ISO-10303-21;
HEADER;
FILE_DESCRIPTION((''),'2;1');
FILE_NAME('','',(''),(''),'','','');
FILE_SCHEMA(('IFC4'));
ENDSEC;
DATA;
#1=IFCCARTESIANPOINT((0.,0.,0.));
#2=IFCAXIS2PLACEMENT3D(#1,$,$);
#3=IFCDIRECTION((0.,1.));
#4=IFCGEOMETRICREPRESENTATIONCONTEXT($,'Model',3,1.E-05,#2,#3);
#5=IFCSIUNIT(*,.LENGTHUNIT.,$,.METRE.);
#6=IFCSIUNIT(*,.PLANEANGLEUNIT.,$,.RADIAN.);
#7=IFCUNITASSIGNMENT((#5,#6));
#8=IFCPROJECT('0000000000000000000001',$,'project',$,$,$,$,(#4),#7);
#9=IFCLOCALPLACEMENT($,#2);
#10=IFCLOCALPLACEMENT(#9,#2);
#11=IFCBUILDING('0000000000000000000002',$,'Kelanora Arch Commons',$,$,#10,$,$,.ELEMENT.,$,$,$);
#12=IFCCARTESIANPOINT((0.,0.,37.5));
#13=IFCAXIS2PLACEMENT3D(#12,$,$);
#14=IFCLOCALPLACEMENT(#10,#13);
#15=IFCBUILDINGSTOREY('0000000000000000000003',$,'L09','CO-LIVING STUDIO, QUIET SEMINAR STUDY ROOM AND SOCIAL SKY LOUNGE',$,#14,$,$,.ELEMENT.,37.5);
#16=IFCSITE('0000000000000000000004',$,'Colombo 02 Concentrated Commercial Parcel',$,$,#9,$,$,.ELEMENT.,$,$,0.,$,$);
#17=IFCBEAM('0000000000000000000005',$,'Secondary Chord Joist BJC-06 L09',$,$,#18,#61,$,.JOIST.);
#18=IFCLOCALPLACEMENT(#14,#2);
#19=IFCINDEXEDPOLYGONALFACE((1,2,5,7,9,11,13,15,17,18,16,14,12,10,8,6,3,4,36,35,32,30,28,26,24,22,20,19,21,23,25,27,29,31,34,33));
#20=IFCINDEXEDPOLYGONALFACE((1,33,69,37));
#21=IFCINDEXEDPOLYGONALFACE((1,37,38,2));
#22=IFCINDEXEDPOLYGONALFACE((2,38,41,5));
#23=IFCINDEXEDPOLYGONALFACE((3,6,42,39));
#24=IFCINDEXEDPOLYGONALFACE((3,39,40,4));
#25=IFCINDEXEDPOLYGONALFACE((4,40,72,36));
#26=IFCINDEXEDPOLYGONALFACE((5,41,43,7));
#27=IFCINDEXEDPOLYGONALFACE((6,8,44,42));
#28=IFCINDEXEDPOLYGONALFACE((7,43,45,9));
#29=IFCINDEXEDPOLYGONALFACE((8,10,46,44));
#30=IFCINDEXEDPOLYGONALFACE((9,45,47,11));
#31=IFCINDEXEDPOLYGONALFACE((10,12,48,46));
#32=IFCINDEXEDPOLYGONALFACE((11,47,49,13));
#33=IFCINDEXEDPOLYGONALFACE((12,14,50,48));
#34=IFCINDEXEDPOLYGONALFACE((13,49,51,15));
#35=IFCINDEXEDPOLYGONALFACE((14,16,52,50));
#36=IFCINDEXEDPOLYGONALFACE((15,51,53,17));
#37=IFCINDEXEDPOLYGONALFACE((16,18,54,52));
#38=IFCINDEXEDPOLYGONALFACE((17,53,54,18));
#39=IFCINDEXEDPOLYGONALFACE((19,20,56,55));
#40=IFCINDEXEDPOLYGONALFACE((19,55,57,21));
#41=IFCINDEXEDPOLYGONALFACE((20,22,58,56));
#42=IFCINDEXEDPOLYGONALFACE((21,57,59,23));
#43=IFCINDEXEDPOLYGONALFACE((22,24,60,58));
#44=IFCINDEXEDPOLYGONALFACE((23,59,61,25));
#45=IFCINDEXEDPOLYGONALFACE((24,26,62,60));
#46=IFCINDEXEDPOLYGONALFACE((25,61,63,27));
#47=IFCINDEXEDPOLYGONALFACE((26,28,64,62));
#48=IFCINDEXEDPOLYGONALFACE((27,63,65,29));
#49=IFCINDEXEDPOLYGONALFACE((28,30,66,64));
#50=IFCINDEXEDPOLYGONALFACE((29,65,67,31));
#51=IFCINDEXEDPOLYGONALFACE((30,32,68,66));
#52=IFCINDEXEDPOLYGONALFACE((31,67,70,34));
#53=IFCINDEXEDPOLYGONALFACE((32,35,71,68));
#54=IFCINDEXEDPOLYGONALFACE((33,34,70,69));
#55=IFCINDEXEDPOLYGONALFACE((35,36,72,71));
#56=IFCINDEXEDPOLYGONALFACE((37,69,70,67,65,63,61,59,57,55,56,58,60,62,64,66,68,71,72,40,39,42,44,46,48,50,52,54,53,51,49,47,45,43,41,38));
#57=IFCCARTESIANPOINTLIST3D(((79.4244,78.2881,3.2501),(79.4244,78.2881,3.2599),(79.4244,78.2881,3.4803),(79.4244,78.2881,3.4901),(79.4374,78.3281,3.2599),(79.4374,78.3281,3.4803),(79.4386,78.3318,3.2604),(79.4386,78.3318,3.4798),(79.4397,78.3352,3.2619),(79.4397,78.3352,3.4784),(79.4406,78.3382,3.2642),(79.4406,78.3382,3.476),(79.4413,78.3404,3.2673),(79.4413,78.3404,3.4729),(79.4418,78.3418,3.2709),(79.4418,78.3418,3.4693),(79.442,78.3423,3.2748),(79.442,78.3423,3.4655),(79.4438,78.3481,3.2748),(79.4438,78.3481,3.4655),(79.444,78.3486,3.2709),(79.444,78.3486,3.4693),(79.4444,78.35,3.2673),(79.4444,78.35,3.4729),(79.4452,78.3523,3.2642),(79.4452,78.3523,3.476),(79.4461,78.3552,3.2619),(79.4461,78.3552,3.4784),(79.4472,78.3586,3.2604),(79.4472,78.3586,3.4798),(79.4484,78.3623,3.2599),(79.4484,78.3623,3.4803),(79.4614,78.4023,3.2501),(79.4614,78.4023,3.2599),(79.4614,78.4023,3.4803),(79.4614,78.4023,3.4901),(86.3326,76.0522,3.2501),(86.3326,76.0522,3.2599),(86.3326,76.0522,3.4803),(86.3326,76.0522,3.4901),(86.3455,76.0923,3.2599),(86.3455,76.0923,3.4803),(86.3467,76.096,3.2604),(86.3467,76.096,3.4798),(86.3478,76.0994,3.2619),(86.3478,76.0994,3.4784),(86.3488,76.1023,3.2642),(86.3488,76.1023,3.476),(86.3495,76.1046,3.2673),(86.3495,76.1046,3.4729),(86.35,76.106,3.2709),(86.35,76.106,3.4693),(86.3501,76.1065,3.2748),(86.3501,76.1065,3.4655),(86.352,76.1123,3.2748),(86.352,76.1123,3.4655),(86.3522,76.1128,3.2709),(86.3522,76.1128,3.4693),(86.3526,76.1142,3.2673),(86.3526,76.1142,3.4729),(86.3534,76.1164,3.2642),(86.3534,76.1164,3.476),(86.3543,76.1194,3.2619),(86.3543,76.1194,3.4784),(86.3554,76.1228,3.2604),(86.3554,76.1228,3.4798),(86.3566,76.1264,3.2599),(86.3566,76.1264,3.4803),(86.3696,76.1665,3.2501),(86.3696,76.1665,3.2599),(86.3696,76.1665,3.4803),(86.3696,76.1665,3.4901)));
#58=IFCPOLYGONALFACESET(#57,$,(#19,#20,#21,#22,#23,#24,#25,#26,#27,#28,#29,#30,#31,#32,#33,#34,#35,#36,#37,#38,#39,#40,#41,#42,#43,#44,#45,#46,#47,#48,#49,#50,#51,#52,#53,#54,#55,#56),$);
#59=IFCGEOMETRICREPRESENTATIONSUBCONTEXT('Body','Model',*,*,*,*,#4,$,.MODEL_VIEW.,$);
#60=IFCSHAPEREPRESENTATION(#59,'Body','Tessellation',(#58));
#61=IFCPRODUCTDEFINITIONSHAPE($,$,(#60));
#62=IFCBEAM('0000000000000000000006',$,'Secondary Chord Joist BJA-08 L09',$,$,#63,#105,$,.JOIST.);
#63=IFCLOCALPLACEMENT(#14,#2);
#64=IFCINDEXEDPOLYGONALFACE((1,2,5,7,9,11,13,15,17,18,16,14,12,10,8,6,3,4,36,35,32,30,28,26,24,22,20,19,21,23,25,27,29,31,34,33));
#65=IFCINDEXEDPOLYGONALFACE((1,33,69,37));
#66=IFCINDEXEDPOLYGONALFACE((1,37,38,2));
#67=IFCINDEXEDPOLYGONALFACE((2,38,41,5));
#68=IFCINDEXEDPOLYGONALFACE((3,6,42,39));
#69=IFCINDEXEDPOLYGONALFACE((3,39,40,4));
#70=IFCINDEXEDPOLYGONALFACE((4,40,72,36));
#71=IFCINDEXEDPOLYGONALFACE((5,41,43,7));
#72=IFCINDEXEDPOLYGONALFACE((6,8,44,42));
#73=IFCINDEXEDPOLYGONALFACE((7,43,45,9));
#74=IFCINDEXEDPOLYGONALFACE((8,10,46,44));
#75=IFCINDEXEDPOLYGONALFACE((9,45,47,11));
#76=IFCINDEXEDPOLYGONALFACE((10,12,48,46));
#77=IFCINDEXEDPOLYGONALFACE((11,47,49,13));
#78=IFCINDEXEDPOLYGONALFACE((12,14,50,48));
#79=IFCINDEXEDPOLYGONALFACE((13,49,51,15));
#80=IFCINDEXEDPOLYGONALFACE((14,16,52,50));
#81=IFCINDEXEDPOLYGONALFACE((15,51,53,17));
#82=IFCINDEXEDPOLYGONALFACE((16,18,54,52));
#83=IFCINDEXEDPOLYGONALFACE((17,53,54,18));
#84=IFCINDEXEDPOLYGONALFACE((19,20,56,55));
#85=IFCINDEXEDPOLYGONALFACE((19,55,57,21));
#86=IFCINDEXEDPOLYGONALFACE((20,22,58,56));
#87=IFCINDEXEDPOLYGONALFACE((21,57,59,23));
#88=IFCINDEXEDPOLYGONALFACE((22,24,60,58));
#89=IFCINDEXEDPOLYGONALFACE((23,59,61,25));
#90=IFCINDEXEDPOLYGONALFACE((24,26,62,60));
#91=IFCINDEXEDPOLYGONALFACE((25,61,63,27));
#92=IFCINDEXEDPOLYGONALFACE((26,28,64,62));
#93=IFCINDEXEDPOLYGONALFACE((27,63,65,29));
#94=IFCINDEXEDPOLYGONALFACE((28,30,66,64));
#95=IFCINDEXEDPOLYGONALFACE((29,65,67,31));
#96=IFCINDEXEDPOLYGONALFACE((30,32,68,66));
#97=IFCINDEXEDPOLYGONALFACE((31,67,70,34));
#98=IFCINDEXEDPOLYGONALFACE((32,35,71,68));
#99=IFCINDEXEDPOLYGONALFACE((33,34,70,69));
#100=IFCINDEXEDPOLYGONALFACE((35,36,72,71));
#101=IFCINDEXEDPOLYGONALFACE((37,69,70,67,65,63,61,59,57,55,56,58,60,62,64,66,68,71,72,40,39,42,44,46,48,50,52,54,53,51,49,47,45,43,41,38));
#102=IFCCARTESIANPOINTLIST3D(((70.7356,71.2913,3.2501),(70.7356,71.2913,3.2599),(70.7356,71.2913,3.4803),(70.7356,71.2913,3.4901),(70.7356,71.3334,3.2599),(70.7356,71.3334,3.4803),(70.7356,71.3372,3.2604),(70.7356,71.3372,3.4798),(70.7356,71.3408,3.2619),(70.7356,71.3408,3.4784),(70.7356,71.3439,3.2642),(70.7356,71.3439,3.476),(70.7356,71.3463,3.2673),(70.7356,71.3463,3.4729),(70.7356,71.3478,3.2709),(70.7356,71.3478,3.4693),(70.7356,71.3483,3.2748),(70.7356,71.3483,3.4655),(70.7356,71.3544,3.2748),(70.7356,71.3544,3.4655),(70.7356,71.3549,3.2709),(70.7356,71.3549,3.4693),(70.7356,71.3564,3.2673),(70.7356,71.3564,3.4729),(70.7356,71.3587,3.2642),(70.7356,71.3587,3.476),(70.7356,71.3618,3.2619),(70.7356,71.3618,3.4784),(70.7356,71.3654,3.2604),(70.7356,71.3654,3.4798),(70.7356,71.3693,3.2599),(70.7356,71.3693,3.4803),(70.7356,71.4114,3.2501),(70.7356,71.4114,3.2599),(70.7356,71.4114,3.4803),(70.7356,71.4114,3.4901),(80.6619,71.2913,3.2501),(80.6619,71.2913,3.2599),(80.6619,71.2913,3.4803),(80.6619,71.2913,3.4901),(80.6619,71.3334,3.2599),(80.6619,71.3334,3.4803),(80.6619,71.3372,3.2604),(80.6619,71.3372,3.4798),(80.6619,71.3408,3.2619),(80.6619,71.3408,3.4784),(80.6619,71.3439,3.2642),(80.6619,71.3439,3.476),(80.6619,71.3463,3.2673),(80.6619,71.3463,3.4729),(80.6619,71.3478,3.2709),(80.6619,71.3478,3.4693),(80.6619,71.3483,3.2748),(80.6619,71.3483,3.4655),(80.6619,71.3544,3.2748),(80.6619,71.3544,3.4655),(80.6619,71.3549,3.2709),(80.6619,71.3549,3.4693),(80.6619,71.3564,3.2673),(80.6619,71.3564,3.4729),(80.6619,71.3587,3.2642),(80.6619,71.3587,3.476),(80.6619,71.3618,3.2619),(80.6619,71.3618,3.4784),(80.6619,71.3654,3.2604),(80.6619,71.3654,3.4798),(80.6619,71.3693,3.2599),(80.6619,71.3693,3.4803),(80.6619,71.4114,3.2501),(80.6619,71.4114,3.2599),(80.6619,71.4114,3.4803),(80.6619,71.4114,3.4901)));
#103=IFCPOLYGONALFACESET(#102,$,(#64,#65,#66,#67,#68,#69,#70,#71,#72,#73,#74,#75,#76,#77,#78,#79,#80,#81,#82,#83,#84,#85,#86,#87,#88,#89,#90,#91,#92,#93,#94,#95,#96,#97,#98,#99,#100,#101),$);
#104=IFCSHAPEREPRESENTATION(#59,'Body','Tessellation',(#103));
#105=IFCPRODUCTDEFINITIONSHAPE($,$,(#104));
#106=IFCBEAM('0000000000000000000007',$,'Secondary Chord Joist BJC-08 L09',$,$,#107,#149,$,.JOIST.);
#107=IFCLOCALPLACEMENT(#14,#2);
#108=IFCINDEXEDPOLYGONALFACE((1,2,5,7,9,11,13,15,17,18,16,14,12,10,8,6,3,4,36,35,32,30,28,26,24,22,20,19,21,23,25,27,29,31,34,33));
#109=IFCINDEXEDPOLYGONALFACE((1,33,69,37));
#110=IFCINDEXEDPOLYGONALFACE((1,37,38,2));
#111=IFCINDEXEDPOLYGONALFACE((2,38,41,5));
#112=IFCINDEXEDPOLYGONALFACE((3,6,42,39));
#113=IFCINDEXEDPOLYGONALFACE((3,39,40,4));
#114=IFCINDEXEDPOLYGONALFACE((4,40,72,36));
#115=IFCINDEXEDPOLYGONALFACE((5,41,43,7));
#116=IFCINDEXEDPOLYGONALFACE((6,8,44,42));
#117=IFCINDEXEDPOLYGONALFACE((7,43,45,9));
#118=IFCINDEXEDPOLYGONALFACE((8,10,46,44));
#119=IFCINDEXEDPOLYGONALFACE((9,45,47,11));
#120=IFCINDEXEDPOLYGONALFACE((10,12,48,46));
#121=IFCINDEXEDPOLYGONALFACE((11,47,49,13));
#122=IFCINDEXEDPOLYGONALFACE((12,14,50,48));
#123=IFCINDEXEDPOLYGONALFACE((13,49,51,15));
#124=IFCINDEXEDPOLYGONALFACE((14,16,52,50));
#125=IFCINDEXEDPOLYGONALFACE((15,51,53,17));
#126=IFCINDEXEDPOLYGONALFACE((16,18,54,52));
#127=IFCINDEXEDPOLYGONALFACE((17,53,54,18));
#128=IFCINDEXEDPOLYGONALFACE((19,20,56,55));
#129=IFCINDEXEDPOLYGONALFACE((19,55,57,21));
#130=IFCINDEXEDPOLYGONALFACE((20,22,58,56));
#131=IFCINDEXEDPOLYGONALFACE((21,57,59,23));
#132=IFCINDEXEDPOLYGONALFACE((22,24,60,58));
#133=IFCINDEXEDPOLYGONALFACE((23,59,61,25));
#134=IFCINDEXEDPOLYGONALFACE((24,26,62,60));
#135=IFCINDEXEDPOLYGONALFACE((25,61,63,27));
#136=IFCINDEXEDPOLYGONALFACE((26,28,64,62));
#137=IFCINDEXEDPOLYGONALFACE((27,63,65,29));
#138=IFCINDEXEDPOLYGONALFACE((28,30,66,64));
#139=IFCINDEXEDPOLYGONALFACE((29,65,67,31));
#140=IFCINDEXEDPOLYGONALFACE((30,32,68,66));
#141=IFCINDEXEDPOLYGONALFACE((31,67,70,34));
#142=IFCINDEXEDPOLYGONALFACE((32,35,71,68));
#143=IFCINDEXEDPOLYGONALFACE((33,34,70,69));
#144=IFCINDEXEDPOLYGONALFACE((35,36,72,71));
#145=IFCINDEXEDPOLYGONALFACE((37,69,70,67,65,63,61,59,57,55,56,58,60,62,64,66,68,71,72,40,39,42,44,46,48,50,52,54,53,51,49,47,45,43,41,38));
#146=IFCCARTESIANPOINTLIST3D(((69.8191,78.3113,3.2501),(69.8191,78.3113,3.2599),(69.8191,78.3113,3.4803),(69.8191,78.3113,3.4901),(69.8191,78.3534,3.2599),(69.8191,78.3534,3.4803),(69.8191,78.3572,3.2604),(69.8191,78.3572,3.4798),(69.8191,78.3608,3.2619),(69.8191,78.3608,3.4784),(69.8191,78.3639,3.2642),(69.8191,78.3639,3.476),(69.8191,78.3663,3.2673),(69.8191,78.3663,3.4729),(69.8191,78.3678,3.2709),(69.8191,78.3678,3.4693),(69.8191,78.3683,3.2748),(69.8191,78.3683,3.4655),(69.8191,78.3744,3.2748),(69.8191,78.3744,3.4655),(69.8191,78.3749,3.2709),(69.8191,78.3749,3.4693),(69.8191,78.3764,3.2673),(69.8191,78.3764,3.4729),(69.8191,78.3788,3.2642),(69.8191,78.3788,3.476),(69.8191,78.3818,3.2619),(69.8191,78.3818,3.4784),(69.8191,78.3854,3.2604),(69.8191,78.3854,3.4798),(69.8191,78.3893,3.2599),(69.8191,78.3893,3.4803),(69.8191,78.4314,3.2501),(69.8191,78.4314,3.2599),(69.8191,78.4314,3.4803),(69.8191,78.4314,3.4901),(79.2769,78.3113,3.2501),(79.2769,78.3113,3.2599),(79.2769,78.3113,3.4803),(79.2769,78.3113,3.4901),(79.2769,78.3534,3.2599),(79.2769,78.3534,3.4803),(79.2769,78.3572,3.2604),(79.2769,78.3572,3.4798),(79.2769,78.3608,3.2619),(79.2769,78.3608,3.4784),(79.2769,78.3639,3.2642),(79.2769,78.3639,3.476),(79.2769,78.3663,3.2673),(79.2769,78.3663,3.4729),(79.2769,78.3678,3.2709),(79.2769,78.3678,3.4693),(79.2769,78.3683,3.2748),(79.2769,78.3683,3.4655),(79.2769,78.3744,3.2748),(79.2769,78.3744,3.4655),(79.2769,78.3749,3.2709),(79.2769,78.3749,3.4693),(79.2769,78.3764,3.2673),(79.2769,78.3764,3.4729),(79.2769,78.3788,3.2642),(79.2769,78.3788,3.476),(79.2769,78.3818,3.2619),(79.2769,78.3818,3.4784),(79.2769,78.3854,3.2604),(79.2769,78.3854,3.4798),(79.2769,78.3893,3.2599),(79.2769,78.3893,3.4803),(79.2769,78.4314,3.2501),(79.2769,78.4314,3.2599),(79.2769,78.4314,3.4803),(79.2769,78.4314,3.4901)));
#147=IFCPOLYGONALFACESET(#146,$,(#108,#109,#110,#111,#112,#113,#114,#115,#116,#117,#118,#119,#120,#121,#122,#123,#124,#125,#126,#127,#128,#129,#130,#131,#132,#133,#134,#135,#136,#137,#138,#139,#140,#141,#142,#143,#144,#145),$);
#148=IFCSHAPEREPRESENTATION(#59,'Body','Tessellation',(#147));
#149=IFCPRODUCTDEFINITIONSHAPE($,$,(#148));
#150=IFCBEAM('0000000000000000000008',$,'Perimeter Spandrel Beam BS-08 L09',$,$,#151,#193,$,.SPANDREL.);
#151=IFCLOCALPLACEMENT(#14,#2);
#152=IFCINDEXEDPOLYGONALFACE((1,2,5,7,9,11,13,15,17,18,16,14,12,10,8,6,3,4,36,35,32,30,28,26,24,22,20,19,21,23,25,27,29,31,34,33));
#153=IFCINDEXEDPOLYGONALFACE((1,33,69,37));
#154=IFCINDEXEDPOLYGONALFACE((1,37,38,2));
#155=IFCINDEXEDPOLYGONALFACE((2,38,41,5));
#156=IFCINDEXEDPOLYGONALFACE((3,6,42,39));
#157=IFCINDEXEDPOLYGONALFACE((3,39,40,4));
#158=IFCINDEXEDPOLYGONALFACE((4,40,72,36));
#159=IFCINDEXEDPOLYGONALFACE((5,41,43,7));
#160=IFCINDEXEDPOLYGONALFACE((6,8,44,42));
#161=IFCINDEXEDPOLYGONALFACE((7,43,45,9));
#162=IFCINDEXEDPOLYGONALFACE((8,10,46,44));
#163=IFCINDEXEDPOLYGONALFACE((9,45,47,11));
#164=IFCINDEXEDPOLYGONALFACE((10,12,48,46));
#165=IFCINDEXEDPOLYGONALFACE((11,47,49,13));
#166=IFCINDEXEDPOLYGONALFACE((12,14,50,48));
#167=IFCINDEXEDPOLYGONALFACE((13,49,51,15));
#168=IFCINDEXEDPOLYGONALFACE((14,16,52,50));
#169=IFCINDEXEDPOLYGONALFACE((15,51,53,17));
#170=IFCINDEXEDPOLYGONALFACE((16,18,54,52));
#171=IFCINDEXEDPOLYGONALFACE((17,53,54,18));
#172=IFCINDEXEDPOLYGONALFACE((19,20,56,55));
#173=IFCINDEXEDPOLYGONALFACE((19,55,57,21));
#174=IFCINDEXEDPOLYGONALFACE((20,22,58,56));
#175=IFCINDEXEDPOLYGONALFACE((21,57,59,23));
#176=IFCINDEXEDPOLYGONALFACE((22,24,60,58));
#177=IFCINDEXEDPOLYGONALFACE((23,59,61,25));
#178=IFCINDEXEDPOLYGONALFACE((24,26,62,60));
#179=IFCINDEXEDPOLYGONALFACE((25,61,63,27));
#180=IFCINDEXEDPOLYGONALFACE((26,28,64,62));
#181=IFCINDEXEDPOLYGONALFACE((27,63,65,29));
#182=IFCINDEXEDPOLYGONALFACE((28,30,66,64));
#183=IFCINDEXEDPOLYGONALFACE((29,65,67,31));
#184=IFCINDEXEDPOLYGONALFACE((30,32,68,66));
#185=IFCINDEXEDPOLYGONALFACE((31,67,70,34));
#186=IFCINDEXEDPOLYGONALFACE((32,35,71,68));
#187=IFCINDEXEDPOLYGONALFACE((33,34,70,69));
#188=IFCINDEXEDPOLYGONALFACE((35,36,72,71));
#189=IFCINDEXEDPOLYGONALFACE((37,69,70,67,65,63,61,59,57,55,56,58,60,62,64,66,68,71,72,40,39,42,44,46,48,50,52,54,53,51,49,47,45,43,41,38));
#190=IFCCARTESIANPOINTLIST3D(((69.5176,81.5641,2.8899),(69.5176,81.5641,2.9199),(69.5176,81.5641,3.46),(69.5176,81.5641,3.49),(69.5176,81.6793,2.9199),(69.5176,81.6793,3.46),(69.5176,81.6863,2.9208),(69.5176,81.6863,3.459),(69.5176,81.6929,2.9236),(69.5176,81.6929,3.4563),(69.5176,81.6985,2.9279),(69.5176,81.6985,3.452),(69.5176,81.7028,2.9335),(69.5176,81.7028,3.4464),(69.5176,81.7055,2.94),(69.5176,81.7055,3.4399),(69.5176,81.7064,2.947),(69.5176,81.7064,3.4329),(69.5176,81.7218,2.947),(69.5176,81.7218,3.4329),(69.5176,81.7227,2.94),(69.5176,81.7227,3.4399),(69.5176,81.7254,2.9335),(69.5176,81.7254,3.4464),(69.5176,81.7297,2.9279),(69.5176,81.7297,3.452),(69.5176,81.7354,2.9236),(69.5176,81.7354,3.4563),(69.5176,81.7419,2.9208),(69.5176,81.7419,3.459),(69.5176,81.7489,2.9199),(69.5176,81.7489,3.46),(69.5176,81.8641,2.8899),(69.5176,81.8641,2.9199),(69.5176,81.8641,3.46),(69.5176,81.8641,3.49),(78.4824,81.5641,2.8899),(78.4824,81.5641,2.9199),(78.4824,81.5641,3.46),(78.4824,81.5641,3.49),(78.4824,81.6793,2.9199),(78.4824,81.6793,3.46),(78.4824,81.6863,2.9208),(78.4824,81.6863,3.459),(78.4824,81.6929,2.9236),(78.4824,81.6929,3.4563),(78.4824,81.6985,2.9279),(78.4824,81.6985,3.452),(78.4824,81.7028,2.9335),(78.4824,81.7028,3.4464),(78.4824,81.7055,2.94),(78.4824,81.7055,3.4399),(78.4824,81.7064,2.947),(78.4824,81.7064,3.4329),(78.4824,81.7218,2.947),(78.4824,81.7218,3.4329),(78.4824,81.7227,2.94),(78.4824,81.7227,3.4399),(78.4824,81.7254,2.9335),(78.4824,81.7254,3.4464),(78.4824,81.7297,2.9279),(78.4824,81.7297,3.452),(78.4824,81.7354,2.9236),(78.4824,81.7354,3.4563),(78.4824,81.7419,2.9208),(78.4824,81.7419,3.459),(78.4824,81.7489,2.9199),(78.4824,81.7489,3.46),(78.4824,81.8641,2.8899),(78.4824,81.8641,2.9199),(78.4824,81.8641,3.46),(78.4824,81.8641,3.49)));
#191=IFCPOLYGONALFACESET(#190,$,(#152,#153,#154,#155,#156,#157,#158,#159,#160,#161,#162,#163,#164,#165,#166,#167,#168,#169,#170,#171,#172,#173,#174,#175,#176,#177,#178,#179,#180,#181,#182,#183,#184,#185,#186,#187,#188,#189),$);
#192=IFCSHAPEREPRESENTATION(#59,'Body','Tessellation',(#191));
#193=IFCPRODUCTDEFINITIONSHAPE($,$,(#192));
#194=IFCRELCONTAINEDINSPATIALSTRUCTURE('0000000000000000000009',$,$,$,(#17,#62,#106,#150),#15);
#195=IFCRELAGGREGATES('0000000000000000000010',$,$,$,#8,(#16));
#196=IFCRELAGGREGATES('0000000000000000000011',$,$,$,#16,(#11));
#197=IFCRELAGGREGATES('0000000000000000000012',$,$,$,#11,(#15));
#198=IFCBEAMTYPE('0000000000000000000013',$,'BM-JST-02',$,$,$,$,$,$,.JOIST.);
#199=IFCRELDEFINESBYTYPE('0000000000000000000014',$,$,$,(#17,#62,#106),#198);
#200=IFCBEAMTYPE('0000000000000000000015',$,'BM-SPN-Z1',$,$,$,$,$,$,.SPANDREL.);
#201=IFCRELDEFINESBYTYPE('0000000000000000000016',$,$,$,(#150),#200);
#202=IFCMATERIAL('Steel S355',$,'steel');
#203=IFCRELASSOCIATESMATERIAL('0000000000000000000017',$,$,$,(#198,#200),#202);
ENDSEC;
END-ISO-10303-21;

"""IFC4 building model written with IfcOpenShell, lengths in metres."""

from ifc_helpers import new_model, si_unit, direction, frame, origin, origin_2d, place, context, subcontext, project, spatial, i_section, extrude, material, material_profile, profile_set, type_object, element, save


model = new_model("IFC4")

# Units and contexts
model_context = context("Model", 3, precision=1e-05, world=origin(), true_north=direction((0.0, 1.0)))
body_context = subcontext(model_context, "Body", "Model", "MODEL_VIEW")
ifc_project = project(units=[si_unit("LENGTHUNIT", "METRE"), si_unit("PLANEANGLEUNIT", "RADIAN")], contexts=[model_context])

# Site, building, storey
site_placement = place(None, origin())
site = spatial("IfcSite", under=ifc_project, at=site_placement, Name="Colombo 02 Concentrated Commercial Parcel", CompositionType="ELEMENT", RefElevation=0.0)
building_placement = place(site_placement, origin())
building = spatial("IfcBuilding", under=site, at=building_placement, Name="Kelanora Arch Commons", CompositionType="ELEMENT")
storey_placement = place(building_placement, frame((0.0, 0.0, 37.5)))
storey = spatial("IfcBuildingStorey", under=building, at=storey_placement, Name="L09", Description="CO-LIVING STUDIO, QUIET SEMINAR STUDY ROOM AND SOCIAL SKY LOUNGE", CompositionType="ELEMENT", Elevation=37.5)

# Beams
ifc_material_1 = material(Name="Steel S355", Category="steel")
ifc_material_profile_1 = material_profile(ifc_material_1, i_section(OverallWidth=0.1201, OverallDepth=0.24, WebThickness=0.0061, FlangeThickness=0.0098, FilletRadius=0.0149, at=origin_2d()), Name="IPE240")
ifc_profile_set_1 = profile_set([ifc_material_profile_1], Name="Steel S355")
beam_type_1 = type_object("IfcBeamType", Name="BM-JST-02", PredefinedType="JOIST", material=ifc_profile_set_1)
beam_1_placement = place(storey_placement, frame((86.3511, 76.1094, 3.3701), z_axis=(-0.951411, 0.307924, 0.0), x_axis=(-0.307924, -0.951411, 0.0)))
element("IfcBeam", 1, at=beam_1_placement, inside=storey, type_object=beam_type_1, Name="Secondary Chord Joist BJC-06 L09", PredefinedType="JOIST", context=body_context, shape_type="SweptSolid", body=[
    extrude(i_section(OverallWidth=0.1201, OverallDepth=0.24, WebThickness=0.0061, FlangeThickness=0.0098, FilletRadius=0.0149, at=origin_2d()), origin(), (0.0, 0.0, 1.0), 7.261),
])
beam_2_placement = place(storey_placement, frame((80.6619, 71.3513, 3.3701), z_axis=(-1.0, 0.0, 0.0), x_axis=(0.0, -1.0, 0.0)))
element("IfcBeam", 2, at=beam_2_placement, inside=storey, type_object=beam_type_1, Name="Secondary Chord Joist BJA-08 L09", PredefinedType="JOIST", context=body_context, shape_type="SweptSolid", body=[
    extrude(i_section(OverallWidth=0.1201, OverallDepth=0.24, WebThickness=0.0061, FlangeThickness=0.0098, FilletRadius=0.0149, at=origin_2d()), origin(), (0.0, 0.0, 1.0), 9.9263),
])
beam_3_placement = place(storey_placement, frame((79.2769, 78.3713, 3.3701), z_axis=(-1.0, 0.0, 0.0), x_axis=(0.0, -1.0, 0.0)))
element("IfcBeam", 3, at=beam_3_placement, inside=storey, type_object=beam_type_1, Name="Secondary Chord Joist BJC-08 L09", PredefinedType="JOIST", context=body_context, shape_type="SweptSolid", body=[
    extrude(i_section(OverallWidth=0.1201, OverallDepth=0.24, WebThickness=0.0061, FlangeThickness=0.0098, FilletRadius=0.0149, at=origin_2d()), origin(), (0.0, 0.0, 1.0), 9.4578),
])
ifc_material_profile_2 = material_profile(ifc_material_1, i_section(OverallWidth=0.3, OverallDepth=0.6001, WebThickness=0.0154, FlangeThickness=0.03, FilletRadius=0.0271, at=origin_2d()), Name="HEB600")
ifc_profile_set_2 = profile_set([ifc_material_profile_2], Name="Steel S355")
beam_type_2 = type_object("IfcBeamType", Name="BM-SPN-Z1", PredefinedType="SPANDREL", material=ifc_profile_set_2)
beam_4_placement = place(storey_placement, frame((78.4824, 81.7141, 3.1899), z_axis=(-1.0, 0.0, 0.0), x_axis=(0.0, -1.0, 0.0)))
element("IfcBeam", 4, at=beam_4_placement, inside=storey, type_object=beam_type_2, Name="Perimeter Spandrel Beam BS-08 L09", PredefinedType="SPANDREL", context=body_context, shape_type="SweptSolid", body=[
    extrude(i_section(OverallWidth=0.3, OverallDepth=0.6001, WebThickness=0.0154, FlangeThickness=0.03, FilletRadius=0.0271, at=origin_2d()), origin(), (0.0, 0.0, 1.0), 8.9648),
])

save(model, "model.ifc")
